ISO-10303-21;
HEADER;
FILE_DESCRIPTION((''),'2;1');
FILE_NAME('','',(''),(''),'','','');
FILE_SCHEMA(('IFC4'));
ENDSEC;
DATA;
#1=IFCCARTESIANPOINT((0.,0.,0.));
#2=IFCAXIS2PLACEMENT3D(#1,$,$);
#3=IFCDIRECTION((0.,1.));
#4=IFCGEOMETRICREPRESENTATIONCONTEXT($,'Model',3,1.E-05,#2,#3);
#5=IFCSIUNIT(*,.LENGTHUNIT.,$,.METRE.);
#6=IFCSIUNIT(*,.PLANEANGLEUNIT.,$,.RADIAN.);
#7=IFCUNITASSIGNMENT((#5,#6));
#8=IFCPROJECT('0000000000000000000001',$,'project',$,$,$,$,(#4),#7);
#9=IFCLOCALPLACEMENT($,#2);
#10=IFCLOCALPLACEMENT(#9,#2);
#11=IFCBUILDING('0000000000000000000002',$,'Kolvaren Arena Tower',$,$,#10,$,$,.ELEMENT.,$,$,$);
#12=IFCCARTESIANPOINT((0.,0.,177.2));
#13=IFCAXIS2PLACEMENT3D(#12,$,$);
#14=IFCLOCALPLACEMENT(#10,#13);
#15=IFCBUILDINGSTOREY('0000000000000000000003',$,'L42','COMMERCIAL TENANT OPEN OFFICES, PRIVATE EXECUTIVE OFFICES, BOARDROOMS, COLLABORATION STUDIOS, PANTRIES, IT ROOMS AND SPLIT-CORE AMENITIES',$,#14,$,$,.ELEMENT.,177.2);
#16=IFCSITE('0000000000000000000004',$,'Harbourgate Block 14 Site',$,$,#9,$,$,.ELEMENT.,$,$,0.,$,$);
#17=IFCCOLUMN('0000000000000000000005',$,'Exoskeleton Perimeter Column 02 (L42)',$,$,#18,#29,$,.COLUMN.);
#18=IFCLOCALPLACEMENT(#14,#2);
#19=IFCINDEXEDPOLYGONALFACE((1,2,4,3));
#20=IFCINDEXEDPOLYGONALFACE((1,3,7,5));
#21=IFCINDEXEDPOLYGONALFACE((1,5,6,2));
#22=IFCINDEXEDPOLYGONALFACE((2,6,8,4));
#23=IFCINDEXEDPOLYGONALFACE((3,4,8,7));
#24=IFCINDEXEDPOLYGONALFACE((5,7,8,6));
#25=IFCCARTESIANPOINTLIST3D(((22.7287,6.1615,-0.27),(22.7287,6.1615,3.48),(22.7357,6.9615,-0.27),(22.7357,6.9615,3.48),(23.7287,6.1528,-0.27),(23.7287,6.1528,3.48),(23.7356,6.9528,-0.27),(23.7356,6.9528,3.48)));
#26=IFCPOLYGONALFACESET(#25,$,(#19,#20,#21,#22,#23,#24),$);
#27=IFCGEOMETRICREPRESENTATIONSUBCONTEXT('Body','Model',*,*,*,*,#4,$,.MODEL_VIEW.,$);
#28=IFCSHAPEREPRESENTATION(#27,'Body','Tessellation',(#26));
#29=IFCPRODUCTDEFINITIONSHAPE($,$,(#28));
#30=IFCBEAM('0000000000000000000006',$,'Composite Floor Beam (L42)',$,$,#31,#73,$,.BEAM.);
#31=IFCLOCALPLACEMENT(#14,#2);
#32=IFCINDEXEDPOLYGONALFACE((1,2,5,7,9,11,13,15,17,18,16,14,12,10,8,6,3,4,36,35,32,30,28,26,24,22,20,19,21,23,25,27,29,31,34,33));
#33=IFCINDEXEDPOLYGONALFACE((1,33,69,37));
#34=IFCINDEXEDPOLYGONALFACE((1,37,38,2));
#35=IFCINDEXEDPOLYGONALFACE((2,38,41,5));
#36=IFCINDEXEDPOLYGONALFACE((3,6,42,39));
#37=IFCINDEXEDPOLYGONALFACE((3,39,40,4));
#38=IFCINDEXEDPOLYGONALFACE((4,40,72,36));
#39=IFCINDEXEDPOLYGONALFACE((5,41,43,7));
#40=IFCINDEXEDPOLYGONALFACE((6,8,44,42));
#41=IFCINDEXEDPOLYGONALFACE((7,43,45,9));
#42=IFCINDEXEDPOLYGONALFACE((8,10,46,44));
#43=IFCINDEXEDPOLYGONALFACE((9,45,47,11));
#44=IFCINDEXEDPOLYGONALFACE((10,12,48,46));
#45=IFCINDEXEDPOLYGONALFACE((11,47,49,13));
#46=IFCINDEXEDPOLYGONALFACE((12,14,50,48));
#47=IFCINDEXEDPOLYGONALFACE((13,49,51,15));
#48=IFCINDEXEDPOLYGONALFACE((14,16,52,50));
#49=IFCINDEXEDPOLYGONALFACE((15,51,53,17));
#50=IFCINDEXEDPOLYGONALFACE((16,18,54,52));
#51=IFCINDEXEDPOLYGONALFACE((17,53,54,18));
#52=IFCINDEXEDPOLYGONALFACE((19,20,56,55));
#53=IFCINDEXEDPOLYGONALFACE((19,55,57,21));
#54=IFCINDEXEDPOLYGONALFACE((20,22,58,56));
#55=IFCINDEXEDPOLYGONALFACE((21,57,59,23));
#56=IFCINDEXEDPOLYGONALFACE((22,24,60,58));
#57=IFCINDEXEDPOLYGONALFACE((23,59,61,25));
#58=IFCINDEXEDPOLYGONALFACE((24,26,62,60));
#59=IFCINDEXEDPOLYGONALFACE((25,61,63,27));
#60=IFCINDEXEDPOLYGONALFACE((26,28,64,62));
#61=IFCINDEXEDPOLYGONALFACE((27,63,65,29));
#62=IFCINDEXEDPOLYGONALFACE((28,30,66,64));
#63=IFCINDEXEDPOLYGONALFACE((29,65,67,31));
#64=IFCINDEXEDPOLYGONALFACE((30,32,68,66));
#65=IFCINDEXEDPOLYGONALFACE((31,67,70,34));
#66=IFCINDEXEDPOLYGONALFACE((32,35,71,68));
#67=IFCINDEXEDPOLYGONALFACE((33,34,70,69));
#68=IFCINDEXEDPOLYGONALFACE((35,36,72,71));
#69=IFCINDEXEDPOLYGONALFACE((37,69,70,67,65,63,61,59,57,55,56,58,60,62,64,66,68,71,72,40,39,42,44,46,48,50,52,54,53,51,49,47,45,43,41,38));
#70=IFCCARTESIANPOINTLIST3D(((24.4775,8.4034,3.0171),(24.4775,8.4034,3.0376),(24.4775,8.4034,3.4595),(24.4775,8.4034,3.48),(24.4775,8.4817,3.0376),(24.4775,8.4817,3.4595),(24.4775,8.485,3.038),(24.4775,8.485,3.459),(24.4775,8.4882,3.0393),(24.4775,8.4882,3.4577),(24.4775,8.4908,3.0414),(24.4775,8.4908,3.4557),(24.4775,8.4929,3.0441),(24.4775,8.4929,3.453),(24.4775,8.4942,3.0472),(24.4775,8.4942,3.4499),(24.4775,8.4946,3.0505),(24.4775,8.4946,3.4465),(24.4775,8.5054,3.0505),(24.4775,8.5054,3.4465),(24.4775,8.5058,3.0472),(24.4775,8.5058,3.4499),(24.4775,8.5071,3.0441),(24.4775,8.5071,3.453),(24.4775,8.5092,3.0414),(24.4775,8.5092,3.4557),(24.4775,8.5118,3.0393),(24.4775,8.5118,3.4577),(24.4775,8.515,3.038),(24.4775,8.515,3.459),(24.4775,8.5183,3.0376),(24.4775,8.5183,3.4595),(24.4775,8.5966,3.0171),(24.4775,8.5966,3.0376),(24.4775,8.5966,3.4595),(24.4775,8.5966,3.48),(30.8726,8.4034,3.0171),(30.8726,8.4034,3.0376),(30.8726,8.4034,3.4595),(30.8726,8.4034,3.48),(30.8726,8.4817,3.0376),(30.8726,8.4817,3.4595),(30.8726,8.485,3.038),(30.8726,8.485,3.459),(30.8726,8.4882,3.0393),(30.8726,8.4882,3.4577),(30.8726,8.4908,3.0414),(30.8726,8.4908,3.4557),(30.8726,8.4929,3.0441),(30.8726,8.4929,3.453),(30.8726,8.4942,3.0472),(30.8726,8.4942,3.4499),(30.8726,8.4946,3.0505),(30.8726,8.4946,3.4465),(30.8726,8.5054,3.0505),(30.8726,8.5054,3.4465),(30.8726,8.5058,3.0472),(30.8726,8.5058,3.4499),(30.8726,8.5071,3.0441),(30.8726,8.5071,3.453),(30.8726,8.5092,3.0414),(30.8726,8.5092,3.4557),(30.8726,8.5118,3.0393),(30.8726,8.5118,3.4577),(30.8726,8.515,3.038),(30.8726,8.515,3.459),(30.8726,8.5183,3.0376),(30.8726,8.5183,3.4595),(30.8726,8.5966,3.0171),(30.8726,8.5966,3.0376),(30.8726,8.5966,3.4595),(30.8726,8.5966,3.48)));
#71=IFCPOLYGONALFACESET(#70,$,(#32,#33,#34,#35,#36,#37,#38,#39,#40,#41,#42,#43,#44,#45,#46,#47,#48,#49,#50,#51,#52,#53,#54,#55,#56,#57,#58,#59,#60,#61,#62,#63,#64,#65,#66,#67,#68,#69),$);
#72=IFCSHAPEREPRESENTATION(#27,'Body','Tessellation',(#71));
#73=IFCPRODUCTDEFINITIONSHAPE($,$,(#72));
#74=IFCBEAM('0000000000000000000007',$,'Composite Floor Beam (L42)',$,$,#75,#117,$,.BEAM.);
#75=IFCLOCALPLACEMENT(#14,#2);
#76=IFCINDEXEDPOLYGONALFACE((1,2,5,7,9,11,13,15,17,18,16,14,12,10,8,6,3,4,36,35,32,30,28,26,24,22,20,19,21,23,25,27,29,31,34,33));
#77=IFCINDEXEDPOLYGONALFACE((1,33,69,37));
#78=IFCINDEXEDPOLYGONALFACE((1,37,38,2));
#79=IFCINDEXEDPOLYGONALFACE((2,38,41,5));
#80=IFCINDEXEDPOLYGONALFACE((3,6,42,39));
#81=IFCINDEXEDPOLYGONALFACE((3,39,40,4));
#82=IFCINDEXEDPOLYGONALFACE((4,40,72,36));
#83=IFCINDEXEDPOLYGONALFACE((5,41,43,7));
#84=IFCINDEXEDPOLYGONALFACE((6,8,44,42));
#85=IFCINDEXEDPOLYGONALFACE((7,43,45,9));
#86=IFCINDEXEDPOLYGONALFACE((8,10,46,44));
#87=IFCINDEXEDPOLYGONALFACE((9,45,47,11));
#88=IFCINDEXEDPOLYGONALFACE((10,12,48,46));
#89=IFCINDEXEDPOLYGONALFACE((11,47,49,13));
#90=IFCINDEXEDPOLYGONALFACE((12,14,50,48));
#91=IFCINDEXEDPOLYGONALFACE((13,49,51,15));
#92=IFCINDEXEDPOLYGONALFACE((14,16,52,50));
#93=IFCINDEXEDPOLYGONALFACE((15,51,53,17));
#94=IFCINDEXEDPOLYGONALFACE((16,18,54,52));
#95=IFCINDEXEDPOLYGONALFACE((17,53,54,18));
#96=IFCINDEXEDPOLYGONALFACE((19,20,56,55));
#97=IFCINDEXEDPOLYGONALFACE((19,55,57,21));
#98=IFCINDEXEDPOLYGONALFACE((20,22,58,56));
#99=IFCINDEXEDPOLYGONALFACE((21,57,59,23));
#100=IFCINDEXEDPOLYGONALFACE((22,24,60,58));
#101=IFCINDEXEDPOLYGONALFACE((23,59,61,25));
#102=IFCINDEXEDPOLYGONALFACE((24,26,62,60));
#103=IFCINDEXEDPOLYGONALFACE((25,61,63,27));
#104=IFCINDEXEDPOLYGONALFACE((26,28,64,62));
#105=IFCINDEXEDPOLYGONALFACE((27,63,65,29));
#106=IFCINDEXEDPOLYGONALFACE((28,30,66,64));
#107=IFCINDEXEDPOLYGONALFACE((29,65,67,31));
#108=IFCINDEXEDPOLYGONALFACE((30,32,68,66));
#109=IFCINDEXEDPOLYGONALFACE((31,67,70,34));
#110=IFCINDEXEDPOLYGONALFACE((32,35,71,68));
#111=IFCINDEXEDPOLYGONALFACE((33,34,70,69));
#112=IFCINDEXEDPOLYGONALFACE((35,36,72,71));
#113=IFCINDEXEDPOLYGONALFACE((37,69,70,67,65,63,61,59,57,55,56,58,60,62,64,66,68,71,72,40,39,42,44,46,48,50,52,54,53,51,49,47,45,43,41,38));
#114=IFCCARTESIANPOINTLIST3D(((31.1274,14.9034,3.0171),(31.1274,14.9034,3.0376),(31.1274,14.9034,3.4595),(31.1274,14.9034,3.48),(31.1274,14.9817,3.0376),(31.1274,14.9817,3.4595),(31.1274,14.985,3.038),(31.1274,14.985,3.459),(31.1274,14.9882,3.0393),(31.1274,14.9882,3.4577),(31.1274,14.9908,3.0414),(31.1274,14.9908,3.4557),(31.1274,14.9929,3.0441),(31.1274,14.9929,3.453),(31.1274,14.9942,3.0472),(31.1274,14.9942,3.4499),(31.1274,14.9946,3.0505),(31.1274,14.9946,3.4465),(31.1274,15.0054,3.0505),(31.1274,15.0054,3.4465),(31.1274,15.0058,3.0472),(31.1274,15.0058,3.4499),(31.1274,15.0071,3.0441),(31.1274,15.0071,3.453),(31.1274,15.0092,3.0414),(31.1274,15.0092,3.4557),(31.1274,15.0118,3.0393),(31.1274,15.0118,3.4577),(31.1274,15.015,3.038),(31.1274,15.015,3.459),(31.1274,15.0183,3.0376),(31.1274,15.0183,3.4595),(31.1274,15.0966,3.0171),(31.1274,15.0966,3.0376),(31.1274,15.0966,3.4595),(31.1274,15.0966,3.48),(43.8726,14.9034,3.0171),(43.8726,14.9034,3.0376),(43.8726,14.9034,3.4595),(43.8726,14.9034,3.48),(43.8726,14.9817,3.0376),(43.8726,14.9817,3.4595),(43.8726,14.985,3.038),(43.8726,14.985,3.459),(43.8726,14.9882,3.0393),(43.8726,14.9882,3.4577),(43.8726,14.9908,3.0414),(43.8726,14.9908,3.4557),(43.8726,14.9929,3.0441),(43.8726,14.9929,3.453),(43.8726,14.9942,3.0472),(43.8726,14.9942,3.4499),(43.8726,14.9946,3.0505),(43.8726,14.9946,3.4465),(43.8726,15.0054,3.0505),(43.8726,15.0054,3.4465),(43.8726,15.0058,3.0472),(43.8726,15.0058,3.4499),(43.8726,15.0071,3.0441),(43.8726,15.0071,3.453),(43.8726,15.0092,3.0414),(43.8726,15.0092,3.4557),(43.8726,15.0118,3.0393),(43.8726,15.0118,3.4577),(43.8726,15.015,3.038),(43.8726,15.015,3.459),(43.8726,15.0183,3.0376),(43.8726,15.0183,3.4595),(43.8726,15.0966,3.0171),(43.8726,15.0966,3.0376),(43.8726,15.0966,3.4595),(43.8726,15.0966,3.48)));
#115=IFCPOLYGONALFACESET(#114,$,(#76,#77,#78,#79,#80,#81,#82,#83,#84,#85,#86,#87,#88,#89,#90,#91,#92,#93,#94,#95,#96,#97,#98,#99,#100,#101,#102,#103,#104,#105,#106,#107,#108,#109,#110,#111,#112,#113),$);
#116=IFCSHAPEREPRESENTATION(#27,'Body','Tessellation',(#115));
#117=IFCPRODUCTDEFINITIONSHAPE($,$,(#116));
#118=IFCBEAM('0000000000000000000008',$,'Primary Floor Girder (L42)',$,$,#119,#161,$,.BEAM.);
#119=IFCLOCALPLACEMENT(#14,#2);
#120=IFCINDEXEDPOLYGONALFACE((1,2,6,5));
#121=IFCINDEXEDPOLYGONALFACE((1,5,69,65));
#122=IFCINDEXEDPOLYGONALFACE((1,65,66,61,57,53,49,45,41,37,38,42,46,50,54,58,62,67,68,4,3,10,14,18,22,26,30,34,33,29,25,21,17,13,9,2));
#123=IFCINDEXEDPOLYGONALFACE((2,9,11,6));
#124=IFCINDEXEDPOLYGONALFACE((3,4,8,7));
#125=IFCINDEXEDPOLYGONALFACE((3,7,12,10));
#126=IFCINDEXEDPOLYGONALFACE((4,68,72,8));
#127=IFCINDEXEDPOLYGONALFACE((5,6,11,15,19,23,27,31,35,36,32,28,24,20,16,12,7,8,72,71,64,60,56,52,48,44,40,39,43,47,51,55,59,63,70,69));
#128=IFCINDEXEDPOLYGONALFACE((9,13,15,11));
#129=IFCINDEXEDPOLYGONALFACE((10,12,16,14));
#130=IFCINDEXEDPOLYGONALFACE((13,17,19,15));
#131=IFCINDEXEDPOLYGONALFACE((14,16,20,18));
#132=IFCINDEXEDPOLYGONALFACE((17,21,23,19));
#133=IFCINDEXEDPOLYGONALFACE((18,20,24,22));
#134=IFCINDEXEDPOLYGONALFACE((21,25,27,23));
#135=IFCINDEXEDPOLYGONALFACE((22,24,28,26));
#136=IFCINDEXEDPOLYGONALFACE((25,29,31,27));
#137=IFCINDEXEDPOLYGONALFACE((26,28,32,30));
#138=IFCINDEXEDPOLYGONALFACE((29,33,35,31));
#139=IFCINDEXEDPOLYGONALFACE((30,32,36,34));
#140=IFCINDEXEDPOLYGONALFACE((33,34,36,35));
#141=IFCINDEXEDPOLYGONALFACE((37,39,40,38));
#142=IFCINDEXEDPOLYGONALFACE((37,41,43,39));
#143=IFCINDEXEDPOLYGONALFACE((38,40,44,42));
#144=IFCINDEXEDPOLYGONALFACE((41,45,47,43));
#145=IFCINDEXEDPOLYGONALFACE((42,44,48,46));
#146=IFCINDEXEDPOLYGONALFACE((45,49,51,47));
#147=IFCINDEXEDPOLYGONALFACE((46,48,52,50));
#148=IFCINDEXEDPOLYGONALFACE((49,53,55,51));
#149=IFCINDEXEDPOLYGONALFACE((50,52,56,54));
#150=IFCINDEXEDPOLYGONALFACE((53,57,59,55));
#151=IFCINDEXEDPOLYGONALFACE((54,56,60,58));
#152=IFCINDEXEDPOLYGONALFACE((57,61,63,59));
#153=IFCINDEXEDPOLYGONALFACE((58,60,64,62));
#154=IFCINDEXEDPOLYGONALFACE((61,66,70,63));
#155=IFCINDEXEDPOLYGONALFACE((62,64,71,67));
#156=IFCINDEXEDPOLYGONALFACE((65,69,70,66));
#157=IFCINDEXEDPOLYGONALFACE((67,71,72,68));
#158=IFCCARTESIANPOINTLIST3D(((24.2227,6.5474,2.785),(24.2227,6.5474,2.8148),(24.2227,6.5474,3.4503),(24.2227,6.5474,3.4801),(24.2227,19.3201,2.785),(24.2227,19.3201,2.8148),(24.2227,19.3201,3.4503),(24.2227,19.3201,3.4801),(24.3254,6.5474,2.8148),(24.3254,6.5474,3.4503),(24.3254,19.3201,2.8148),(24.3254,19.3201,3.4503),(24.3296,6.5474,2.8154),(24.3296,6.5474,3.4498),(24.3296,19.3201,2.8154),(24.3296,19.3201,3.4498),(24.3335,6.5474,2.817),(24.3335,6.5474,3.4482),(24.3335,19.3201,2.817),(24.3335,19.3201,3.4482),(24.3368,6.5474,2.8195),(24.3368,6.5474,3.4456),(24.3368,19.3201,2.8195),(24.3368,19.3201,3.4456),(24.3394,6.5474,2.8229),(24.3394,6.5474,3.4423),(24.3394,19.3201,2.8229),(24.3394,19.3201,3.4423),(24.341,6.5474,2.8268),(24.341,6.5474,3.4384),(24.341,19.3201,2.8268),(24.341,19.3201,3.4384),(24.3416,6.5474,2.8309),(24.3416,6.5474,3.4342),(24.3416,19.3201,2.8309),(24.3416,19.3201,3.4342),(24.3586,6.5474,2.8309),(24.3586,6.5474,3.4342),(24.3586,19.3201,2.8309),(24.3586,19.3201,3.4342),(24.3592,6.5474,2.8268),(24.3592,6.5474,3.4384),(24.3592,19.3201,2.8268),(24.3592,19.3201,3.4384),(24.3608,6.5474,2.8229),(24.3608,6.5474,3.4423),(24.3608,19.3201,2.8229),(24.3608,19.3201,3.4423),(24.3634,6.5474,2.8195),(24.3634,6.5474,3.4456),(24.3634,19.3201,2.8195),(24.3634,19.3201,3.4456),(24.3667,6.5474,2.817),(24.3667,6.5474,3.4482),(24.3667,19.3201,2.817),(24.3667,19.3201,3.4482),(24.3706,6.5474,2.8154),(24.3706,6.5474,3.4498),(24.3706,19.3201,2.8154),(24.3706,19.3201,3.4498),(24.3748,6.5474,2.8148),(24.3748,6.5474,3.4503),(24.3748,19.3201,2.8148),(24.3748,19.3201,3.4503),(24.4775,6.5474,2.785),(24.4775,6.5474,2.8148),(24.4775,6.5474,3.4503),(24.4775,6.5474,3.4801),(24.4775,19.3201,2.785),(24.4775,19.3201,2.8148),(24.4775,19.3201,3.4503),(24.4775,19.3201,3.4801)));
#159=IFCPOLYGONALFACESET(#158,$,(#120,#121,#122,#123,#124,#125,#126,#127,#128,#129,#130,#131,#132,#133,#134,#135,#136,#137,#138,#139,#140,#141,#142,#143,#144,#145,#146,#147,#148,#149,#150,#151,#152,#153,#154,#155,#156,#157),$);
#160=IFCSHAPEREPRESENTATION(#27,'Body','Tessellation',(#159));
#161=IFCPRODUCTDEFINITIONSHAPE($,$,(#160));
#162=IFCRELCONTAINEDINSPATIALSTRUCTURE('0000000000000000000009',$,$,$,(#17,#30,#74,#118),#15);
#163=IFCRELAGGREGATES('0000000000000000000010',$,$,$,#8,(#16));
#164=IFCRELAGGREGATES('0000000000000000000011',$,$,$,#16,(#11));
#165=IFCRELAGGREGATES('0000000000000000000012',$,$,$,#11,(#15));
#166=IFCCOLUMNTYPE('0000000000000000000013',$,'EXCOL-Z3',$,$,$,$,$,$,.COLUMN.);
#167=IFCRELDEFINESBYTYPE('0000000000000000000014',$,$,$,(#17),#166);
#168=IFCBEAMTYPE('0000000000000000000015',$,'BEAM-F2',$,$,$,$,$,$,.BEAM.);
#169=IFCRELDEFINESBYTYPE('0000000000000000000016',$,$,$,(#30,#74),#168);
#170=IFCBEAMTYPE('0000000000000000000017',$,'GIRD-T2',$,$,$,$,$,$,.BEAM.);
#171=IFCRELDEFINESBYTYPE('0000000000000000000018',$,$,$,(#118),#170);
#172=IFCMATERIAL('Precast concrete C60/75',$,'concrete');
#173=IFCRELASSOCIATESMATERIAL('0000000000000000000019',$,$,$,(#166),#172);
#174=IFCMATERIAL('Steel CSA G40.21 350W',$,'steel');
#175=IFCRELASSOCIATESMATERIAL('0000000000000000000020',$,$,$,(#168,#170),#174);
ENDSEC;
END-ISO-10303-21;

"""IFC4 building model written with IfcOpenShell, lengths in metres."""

from ifc_helpers import new_model, si_unit, direction, frame, origin, origin_2d, place, context, subcontext, project, spatial, rectangle, i_section, extrude, material, material_profile, profile_set, type_object, element, save


model = new_model("IFC4")

# Units and contexts
model_context = context("Model", 3, precision=1e-05, world=origin(), true_north=direction((0.0, 1.0)))
body_context = subcontext(model_context, "Body", "Model", "MODEL_VIEW")
ifc_project = project(units=[si_unit("LENGTHUNIT", "METRE"), si_unit("PLANEANGLEUNIT", "RADIAN")], contexts=[model_context])

# Site, building, storey
site_placement = place(None, origin())
site = spatial("IfcSite", under=ifc_project, at=site_placement, Name="Harbourgate Block 14 Site", CompositionType="ELEMENT", RefElevation=0.0)
building_placement = place(site_placement, origin())
building = spatial("IfcBuilding", under=site, at=building_placement, Name="Kolvaren Arena Tower", CompositionType="ELEMENT")
storey_placement = place(building_placement, frame((0.0, 0.0, 177.2)))
storey = spatial("IfcBuildingStorey", under=building, at=storey_placement, Name="L42", Description="COMMERCIAL TENANT OPEN OFFICES, PRIVATE EXECUTIVE OFFICES, BOARDROOMS, COLLABORATION STUDIOS, PANTRIES, IT ROOMS AND SPLIT-CORE AMENITIES", CompositionType="ELEMENT", Elevation=177.2)

# Column
ifc_material_1 = material(Name="Precast concrete C60/75", Category="concrete")
ifc_material_profile_1 = material_profile(ifc_material_1, rectangle(XDim=1.0, YDim=0.8, at=origin_2d()), Name="RC-1000x800")
ifc_profile_set_1 = profile_set([ifc_material_profile_1], Name="Precast concrete C60/75")
column_type = type_object("IfcColumnType", Name="EXCOL-Z3", PredefinedType="COLUMN", material=ifc_profile_set_1)
column_placement = place(storey_placement, frame((23.2322, 6.5571, -0.27), z_axis=(0.0, 0.0, 1.0), x_axis=(0.999962, -0.008727, 0.0)))
element("IfcColumn", 1, at=column_placement, inside=storey, type_object=column_type, Name="Exoskeleton Perimeter Column 02 (L42)", PredefinedType="COLUMN", context=body_context, shape_type="SweptSolid", body=[
    extrude(rectangle(XDim=1.0, YDim=0.8, at=origin_2d()), origin(), (0.0, 0.0, 1.0), 3.75),
])

# Beams
ifc_material_2 = material(Name="Steel CSA G40.21 350W", Category="steel")
ifc_material_profile_2 = material_profile(ifc_material_2, i_section(OverallWidth=0.1931, OverallDepth=0.4629, WebThickness=0.0107, FlangeThickness=0.0205, FilletRadius=0.0129, at=origin_2d()), Name="W460x113")
ifc_profile_set_2 = profile_set([ifc_material_profile_2], Name="Steel CSA G40.21 350W")
beam_type_1 = type_object("IfcBeamType", Name="BEAM-F2", PredefinedType="BEAM", material=ifc_profile_set_2)
beam_1_placement = place(storey_placement, frame((24.4775, 8.5, 3.2485), z_axis=(1.0, 0.0, 0.0), x_axis=(0.0, 1.0, 0.0)))
element("IfcBeam", 2, at=beam_1_placement, inside=storey, type_object=beam_type_1, Name="Composite Floor Beam (L42)", PredefinedType="BEAM", context=body_context, shape_type="SweptSolid", body=[
    extrude(i_section(OverallWidth=0.1931, OverallDepth=0.4629, WebThickness=0.0107, FlangeThickness=0.0205, FilletRadius=0.0129, at=origin_2d()), origin(), (0.0, 0.0, 1.0), 6.395),
])
beam_2_placement = place(storey_placement, frame((31.1274, 15.0, 3.2485), z_axis=(1.0, 0.0, 0.0), x_axis=(0.0, 1.0, 0.0)))
element("IfcBeam", 3, at=beam_2_placement, inside=storey, type_object=beam_type_1, Name="Composite Floor Beam (L42)", PredefinedType="BEAM", context=body_context, shape_type="SweptSolid", body=[
    extrude(i_section(OverallWidth=0.1931, OverallDepth=0.4629, WebThickness=0.0107, FlangeThickness=0.0205, FilletRadius=0.0129, at=origin_2d()), origin(), (0.0, 0.0, 1.0), 12.7451),
])
ifc_material_profile_3 = material_profile(ifc_material_2, i_section(OverallWidth=0.2549, OverallDepth=0.6951, WebThickness=0.0171, FlangeThickness=0.0298, FilletRadius=0.0161, at=origin_2d()), Name="W690x217")
ifc_profile_set_3 = profile_set([ifc_material_profile_3], Name="Steel CSA G40.21 350W")
beam_type_2 = type_object("IfcBeamType", Name="GIRD-T2", PredefinedType="BEAM", material=ifc_profile_set_3)
beam_3_placement = place(storey_placement, frame((24.3501, 6.5474, 3.1326), z_axis=(0.0, 1.0, 0.0), x_axis=(-1.0, 0.0, 0.0)))
element("IfcBeam", 4, at=beam_3_placement, inside=storey, type_object=beam_type_2, Name="Primary Floor Girder (L42)", PredefinedType="BEAM", context=body_context, shape_type="SweptSolid", body=[
    extrude(i_section(OverallWidth=0.2549, OverallDepth=0.6951, WebThickness=0.0171, FlangeThickness=0.0298, FilletRadius=0.0161, at=origin_2d()), origin(), (0.0, 0.0, 1.0), 12.7727),
])

save(model, "model.ifc")
